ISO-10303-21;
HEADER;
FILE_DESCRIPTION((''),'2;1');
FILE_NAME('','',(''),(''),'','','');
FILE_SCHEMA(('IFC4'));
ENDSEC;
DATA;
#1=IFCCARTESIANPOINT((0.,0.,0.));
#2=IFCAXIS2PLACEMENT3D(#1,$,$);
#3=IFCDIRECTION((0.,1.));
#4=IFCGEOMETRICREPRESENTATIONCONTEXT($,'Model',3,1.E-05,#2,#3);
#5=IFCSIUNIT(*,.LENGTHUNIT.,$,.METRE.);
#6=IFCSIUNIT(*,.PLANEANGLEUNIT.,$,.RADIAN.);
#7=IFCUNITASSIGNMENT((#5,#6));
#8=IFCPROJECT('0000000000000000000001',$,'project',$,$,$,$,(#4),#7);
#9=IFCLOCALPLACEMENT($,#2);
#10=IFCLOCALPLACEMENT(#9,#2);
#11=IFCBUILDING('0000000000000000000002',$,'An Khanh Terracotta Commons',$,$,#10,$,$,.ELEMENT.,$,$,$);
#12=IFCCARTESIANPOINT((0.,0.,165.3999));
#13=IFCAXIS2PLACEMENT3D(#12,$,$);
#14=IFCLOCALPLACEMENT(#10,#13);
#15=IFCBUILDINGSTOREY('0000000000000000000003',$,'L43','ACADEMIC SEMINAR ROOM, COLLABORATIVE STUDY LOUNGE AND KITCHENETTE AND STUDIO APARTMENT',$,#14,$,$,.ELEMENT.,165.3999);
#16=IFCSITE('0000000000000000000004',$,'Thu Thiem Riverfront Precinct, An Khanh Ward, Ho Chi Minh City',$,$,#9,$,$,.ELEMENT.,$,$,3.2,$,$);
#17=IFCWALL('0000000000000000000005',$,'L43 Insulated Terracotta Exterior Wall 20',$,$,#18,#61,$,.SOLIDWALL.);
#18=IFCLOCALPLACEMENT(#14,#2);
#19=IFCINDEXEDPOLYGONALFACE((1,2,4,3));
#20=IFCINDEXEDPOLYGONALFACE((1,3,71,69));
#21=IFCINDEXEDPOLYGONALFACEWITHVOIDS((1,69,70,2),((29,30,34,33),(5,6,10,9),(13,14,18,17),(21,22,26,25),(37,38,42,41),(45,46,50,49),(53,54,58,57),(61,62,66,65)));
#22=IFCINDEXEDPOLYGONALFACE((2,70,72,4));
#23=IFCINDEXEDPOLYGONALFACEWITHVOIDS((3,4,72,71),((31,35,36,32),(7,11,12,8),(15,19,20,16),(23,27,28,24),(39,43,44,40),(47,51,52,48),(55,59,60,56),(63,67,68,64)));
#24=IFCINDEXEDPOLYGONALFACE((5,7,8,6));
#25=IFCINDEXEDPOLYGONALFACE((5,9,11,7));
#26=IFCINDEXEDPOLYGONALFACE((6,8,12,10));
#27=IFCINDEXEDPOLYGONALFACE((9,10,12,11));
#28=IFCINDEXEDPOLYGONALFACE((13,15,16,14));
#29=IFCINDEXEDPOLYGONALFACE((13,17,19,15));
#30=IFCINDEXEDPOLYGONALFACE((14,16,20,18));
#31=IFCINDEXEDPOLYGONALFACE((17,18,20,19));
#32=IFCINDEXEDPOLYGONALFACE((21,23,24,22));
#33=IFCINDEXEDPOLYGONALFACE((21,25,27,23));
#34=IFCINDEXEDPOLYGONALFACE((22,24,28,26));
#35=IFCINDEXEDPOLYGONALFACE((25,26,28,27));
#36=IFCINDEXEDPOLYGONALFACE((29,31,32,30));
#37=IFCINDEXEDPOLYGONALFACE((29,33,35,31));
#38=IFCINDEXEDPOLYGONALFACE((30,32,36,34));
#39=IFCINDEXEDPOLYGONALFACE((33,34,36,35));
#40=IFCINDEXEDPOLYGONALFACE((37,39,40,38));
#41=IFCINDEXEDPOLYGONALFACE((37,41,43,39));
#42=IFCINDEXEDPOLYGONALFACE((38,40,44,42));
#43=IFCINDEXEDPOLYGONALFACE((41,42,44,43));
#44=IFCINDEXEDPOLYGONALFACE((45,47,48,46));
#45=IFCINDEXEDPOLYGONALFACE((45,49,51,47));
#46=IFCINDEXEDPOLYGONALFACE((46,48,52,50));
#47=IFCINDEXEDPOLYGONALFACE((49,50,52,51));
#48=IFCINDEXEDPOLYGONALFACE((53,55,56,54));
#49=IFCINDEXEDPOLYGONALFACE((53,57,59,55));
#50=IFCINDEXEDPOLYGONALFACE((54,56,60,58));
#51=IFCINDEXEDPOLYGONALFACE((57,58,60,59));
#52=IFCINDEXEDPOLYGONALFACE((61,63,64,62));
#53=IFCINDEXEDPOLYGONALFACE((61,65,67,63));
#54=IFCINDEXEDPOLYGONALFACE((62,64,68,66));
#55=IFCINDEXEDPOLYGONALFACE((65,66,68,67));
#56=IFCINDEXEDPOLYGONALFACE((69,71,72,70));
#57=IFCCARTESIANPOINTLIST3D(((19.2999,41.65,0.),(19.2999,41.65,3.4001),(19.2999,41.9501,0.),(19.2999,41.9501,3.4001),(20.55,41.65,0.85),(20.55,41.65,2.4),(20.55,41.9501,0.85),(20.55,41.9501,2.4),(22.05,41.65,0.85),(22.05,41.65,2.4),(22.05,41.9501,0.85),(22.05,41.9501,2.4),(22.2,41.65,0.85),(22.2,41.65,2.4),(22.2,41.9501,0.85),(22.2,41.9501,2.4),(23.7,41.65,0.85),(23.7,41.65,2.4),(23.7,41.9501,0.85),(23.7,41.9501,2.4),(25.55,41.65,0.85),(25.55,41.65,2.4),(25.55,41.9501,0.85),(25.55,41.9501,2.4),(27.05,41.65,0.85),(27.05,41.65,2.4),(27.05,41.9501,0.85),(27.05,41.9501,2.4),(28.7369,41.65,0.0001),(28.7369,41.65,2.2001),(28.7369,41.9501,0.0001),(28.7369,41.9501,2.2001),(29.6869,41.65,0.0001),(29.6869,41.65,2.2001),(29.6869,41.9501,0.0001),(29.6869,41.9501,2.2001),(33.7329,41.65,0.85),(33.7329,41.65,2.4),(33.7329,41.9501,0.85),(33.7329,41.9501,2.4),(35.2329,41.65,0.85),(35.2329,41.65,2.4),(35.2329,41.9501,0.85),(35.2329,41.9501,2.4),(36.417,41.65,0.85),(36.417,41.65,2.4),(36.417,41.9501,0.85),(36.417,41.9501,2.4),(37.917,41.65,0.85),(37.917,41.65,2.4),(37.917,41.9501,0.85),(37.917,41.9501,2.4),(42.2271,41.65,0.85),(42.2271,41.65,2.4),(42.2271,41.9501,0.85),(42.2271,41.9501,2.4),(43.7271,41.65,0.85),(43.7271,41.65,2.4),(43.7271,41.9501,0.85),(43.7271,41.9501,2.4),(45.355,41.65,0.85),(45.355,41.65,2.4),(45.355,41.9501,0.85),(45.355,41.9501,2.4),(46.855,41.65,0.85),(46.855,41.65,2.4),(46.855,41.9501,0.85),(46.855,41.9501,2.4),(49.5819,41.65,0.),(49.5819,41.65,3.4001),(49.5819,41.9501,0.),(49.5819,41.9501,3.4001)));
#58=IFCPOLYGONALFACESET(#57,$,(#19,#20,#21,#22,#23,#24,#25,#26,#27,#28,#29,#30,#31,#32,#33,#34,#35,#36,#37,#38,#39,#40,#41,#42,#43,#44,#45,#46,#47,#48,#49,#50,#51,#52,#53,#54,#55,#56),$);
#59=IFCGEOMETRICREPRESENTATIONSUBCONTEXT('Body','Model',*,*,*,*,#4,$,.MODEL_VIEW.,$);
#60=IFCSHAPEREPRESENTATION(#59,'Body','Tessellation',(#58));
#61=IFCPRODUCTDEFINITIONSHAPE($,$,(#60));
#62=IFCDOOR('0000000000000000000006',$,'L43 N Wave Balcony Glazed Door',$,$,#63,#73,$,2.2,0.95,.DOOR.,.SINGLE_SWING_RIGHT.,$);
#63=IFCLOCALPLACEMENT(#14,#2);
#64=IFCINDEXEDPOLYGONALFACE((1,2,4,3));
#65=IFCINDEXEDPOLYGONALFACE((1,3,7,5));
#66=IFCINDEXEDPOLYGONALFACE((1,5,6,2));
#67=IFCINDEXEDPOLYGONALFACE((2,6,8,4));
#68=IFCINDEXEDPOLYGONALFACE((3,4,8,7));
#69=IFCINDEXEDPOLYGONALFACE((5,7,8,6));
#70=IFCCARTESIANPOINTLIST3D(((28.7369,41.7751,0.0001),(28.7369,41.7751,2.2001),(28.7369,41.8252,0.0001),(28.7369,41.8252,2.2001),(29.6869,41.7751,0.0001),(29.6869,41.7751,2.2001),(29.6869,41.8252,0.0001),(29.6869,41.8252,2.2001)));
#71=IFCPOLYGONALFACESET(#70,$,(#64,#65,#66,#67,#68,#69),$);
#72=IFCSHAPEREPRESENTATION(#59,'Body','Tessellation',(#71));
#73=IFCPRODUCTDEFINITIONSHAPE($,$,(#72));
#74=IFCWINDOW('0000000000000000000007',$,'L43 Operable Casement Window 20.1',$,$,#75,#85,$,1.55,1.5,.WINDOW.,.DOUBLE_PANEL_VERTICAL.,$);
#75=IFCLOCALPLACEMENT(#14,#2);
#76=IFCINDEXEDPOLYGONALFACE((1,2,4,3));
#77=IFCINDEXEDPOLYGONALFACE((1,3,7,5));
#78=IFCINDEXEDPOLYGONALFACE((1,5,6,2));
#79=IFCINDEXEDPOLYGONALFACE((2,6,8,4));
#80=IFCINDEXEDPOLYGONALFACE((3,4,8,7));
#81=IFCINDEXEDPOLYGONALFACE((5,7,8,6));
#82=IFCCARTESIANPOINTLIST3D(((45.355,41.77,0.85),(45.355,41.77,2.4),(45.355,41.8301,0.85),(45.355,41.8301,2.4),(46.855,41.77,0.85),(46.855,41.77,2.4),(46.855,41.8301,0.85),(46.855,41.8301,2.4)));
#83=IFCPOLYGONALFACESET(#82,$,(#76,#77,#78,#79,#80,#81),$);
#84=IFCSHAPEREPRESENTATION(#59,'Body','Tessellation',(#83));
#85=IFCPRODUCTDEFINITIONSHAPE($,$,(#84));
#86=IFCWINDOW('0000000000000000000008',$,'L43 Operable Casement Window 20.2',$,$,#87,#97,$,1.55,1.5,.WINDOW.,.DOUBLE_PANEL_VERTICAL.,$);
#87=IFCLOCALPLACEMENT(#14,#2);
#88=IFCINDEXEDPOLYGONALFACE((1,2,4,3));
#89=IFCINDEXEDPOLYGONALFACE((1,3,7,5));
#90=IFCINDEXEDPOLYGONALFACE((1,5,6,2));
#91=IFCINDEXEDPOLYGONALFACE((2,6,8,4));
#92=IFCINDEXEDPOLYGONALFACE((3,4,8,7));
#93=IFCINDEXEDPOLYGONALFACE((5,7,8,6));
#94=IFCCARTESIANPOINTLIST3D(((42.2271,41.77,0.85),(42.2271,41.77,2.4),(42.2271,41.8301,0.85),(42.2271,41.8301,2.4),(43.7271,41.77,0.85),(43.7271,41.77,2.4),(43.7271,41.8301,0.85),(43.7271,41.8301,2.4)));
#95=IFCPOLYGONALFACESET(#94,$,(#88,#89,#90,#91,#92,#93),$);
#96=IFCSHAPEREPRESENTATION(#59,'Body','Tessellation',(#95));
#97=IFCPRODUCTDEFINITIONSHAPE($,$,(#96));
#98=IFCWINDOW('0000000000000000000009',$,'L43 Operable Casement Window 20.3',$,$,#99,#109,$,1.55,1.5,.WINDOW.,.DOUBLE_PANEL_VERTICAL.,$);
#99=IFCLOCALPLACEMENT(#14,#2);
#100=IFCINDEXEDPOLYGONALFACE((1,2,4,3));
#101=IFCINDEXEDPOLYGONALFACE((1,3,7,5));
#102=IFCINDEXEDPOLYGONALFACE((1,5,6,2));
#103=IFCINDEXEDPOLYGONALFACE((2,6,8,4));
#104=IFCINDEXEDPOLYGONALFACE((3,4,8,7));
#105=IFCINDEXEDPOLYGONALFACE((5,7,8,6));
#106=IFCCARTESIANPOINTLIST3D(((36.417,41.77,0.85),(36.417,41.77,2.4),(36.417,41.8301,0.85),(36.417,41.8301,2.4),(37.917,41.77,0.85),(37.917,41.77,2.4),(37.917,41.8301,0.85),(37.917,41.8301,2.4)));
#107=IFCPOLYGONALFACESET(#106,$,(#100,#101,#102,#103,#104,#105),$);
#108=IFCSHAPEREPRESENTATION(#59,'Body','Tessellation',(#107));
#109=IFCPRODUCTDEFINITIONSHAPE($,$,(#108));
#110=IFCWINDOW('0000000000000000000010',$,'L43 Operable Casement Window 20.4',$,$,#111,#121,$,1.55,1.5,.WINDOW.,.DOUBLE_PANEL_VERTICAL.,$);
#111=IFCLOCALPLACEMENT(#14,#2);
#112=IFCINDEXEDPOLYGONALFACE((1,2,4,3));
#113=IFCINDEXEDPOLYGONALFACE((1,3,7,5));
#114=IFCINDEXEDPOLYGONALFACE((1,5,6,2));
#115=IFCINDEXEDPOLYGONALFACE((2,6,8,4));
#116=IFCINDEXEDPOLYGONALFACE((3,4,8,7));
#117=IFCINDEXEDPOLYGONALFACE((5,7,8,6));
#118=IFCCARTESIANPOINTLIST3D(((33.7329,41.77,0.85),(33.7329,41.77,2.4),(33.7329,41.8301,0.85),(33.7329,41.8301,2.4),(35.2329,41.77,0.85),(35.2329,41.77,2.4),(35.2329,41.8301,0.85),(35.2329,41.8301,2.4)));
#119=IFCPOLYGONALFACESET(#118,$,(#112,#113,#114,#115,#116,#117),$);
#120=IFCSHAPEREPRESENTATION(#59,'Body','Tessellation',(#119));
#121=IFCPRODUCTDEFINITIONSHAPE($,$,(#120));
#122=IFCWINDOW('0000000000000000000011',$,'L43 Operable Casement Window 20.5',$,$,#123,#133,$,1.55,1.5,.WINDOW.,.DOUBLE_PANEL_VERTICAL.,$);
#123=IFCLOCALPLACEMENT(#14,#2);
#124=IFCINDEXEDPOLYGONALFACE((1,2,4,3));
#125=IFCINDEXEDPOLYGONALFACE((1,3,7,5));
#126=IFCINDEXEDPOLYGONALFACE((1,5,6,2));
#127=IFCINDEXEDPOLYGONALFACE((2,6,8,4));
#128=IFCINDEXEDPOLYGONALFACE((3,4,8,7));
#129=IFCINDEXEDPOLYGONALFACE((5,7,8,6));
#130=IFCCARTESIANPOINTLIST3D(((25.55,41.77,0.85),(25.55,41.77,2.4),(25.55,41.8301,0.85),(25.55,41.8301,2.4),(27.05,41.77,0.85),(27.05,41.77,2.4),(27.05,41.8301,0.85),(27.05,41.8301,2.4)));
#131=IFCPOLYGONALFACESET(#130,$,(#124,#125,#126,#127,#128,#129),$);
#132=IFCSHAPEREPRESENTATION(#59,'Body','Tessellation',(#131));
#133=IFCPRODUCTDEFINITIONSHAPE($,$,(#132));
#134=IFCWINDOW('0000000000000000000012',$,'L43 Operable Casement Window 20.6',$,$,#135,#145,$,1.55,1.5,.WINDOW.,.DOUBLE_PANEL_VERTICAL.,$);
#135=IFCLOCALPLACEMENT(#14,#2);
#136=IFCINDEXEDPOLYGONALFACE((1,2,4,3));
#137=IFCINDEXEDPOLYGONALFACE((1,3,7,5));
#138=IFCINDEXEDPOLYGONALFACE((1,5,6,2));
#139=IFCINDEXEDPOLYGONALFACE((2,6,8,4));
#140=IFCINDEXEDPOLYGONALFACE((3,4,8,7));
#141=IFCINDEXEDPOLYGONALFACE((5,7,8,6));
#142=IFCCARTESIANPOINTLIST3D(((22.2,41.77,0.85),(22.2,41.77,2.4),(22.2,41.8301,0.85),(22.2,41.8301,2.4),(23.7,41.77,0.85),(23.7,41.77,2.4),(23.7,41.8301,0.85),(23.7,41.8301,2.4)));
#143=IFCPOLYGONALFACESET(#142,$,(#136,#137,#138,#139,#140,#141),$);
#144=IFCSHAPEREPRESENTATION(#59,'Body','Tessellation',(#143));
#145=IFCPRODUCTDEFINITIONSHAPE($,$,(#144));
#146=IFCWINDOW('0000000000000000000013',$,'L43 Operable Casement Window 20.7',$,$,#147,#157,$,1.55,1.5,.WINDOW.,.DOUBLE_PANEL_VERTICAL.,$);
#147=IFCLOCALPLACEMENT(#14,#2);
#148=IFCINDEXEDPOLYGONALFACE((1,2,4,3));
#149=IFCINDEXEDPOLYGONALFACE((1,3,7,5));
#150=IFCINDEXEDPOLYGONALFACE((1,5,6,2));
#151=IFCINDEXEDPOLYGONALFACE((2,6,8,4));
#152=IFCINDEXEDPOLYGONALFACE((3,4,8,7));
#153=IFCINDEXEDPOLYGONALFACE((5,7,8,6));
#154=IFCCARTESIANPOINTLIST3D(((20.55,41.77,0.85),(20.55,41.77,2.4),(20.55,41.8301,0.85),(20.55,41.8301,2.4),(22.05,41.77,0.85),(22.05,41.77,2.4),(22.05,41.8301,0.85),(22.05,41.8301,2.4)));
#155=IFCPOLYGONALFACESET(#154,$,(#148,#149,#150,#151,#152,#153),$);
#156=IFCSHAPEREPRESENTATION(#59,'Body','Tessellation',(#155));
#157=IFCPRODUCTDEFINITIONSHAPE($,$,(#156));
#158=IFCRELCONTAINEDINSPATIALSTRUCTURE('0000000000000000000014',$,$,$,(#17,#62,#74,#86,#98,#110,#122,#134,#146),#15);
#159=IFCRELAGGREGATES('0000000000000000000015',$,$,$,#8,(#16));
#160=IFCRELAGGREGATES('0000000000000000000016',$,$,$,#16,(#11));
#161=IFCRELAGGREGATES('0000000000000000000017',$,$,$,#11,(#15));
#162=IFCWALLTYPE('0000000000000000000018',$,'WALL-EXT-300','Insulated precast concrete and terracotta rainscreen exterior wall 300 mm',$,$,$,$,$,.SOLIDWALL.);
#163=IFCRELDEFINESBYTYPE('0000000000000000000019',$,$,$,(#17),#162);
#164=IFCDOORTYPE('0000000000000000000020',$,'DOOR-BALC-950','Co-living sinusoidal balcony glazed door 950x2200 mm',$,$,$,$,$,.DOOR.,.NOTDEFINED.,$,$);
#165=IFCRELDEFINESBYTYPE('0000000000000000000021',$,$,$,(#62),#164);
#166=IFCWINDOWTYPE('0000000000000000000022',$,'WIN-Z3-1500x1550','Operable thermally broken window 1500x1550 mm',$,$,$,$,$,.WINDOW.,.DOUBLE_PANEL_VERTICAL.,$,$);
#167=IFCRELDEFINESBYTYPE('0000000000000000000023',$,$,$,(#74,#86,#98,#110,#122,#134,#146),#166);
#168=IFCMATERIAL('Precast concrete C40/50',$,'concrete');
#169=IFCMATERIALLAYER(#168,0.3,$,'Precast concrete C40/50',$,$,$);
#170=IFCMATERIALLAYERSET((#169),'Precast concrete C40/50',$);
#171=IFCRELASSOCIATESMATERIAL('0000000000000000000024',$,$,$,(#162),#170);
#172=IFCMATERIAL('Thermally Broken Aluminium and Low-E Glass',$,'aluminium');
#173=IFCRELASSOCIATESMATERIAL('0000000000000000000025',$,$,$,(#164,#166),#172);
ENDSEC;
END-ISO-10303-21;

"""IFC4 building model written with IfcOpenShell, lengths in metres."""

from ifc_helpers import new_model, si_unit, direction, frame, frame_2d, origin, place, context, subcontext, project, spatial, rectangle, extrude, material, layer, layer_set, type_object, element, fill, save


model = new_model("IFC4")

# Units and contexts
model_context = context("Model", 3, precision=1e-05, world=origin(), true_north=direction((0.0, 1.0)))
body_context = subcontext(model_context, "Body", "Model", "MODEL_VIEW")
ifc_project = project(units=[si_unit("LENGTHUNIT", "METRE"), si_unit("PLANEANGLEUNIT", "RADIAN")], contexts=[model_context])

# Site, building, storey
site_placement = place(None, origin())
site = spatial("IfcSite", under=ifc_project, at=site_placement, Name="Thu Thiem Riverfront Precinct, An Khanh Ward, Ho Chi Minh City", CompositionType="ELEMENT", RefElevation=3.2)
building_placement = place(site_placement, origin())
building = spatial("IfcBuilding", under=site, at=building_placement, Name="An Khanh Terracotta Commons", CompositionType="ELEMENT")
storey_placement = place(building_placement, frame((0.0, 0.0, 165.3999)))
storey = spatial("IfcBuildingStorey", under=building, at=storey_placement, Name="L43", Description="ACADEMIC SEMINAR ROOM, COLLABORATIVE STUDY LOUNGE AND KITCHENETTE AND STUDIO APARTMENT", CompositionType="ELEMENT", Elevation=165.3999)

# Shared definitions
ifc_material_1 = material(Name="Precast concrete C40/50", Category="concrete")
ifc_layer_1 = layer(ifc_material_1, 0.3, Name="Precast concrete C40/50")
ifc_layer_set_1 = layer_set([ifc_layer_1], Name="Precast concrete C40/50")
wall_type_1 = type_object("IfcWallType", Name="WALL-EXT-300", Description="Insulated precast concrete and terracotta rainscreen exterior wall 300 mm", PredefinedType="SOLIDWALL", material=ifc_layer_set_1)

# Wall, openings, door, windows
wall_1_placement = place(storey_placement, frame((49.582, 41.8, 0.0), z_axis=(0.0, 0.0, 1.0), x_axis=(-1.0, 0.0, 0.0)))
wall_1 = element("IfcWall", 1, at=wall_1_placement, inside=storey, type_object=wall_type_1, Name="L43 Insulated Terracotta Exterior Wall 20", PredefinedType="SOLIDWALL", context=body_context, shape_type="SweptSolid", body=[
    extrude(rectangle(XDim=30.282, YDim=0.3, at=frame_2d((15.1411, 0.0))), origin(), (0.0, 0.0, 1.0), 3.4001),
])
opening_1_placement = place(wall_1_placement, frame((19.895, 0.0, 0.0)))
opening_1 = element("IfcOpeningElement", 2, at=opening_1_placement, cuts=wall_1, PredefinedType="OPENING", context=body_context, shape_type="SweptSolid", body=[
    extrude(rectangle(XDim=0.95, YDim=2.2, at=frame_2d((0.4751, 1.1001))), frame((0.0, 0.1599, 0.0), z_axis=(0.0, -1.0, 0.0), x_axis=(1.0, 0.0, 0.0)), (0.0, 0.0, 1.0), 0.3201),
])
opening_2_placement = place(wall_1_placement, frame((2.7271, 0.0, 0.8501)))
opening_2 = element("IfcOpeningElement", 3, at=opening_2_placement, cuts=wall_1, PredefinedType="OPENING", context=body_context, shape_type="SweptSolid", body=[
    extrude(rectangle(XDim=1.5, YDim=1.55, at=frame_2d((0.75, 0.7749))), frame((0.0, 0.1599, 0.0), z_axis=(0.0, -1.0, 0.0), x_axis=(1.0, 0.0, 0.0)), (0.0, 0.0, 1.0), 0.3201),
])
opening_3_placement = place(wall_1_placement, frame((5.855, 0.0, 0.8501)))
opening_3 = element("IfcOpeningElement", 4, at=opening_3_placement, cuts=wall_1, PredefinedType="OPENING", context=body_context, shape_type="SweptSolid", body=[
    extrude(rectangle(XDim=1.5, YDim=1.55, at=frame_2d((0.75, 0.7749))), frame((0.0, 0.1599, 0.0), z_axis=(0.0, -1.0, 0.0), x_axis=(1.0, 0.0, 0.0)), (0.0, 0.0, 1.0), 0.3201),
])
opening_4_placement = place(wall_1_placement, frame((11.665, 0.0, 0.8501)))
opening_4 = element("IfcOpeningElement", 5, at=opening_4_placement, cuts=wall_1, PredefinedType="OPENING", context=body_context, shape_type="SweptSolid", body=[
    extrude(rectangle(XDim=1.5, YDim=1.55, at=frame_2d((0.75, 0.7749))), frame((0.0, 0.1599, 0.0), z_axis=(0.0, -1.0, 0.0), x_axis=(1.0, 0.0, 0.0)), (0.0, 0.0, 1.0), 0.3201),
])
opening_5_placement = place(wall_1_placement, frame((14.3491, 0.0, 0.8501)))
opening_5 = element("IfcOpeningElement", 6, at=opening_5_placement, cuts=wall_1, PredefinedType="OPENING", context=body_context, shape_type="SweptSolid", body=[
    extrude(rectangle(XDim=1.5, YDim=1.55, at=frame_2d((0.75, 0.7749))), frame((0.0, 0.1599, 0.0), z_axis=(0.0, -1.0, 0.0), x_axis=(1.0, 0.0, 0.0)), (0.0, 0.0, 1.0), 0.3201),
])
opening_6_placement = place(wall_1_placement, frame((22.532, 0.0, 0.8501)))
opening_6 = element("IfcOpeningElement", 7, at=opening_6_placement, cuts=wall_1, PredefinedType="OPENING", context=body_context, shape_type="SweptSolid", body=[
    extrude(rectangle(XDim=1.5, YDim=1.55, at=frame_2d((0.75, 0.7749))), frame((0.0, 0.1599, 0.0), z_axis=(0.0, -1.0, 0.0), x_axis=(1.0, 0.0, 0.0)), (0.0, 0.0, 1.0), 0.3201),
])
opening_7_placement = place(wall_1_placement, frame((25.8821, 0.0, 0.8501)))
opening_7 = element("IfcOpeningElement", 8, at=opening_7_placement, cuts=wall_1, PredefinedType="OPENING", context=body_context, shape_type="SweptSolid", body=[
    extrude(rectangle(XDim=1.5, YDim=1.55, at=frame_2d((0.75, 0.7749))), frame((0.0, 0.1599, 0.0), z_axis=(0.0, -1.0, 0.0), x_axis=(1.0, 0.0, 0.0)), (0.0, 0.0, 1.0), 0.3201),
])
opening_8_placement = place(wall_1_placement, frame((27.532, 0.0, 0.8501)))
opening_8 = element("IfcOpeningElement", 9, at=opening_8_placement, cuts=wall_1, PredefinedType="OPENING", context=body_context, shape_type="SweptSolid", body=[
    extrude(rectangle(XDim=1.5, YDim=1.55, at=frame_2d((0.75, 0.7749))), frame((0.0, 0.1599, 0.0), z_axis=(0.0, -1.0, 0.0), x_axis=(1.0, 0.0, 0.0)), (0.0, 0.0, 1.0), 0.3201),
])
ifc_material_2 = material(Name="Thermally Broken Aluminium and Low-E Glass", Category="aluminium")
door_type = type_object("IfcDoorType", Name="DOOR-BALC-950", Description="Co-living sinusoidal balcony glazed door 950x2200 mm", OperationType="NOTDEFINED", PredefinedType="DOOR", material=ifc_material_2)
door_placement = place(opening_1_placement, origin())
door = element("IfcDoor", 10, at=door_placement, inside=storey, type_object=door_type, Name="L43 N Wave Balcony Glazed Door", OperationType="SINGLE_SWING_RIGHT", OverallHeight=2.2, OverallWidth=0.95, PredefinedType="DOOR", context=body_context, shape_type="SweptSolid", body=[
    extrude(rectangle(XDim=0.95, YDim=2.2, at=frame_2d((0.4751, 1.1001))), frame((0.0, 0.0249, 0.0), z_axis=(0.0, -1.0, 0.0), x_axis=(1.0, 0.0, 0.0)), (0.0, 0.0, 1.0), 0.05),
])
fill(opening_1, door)
window_type = type_object("IfcWindowType", Name="WIN-Z3-1500x1550", Description="Operable thermally broken window 1500x1550 mm", PartitioningType="DOUBLE_PANEL_VERTICAL", PredefinedType="WINDOW", material=ifc_material_2)
window_1_placement = place(opening_2_placement, origin())
window_1 = element("IfcWindow", 11, at=window_1_placement, inside=storey, type_object=window_type, Name="L43 Operable Casement Window 20.1", OverallHeight=1.55, OverallWidth=1.5, PartitioningType="DOUBLE_PANEL_VERTICAL", PredefinedType="WINDOW", context=body_context, shape_type="SweptSolid", body=[
    extrude(rectangle(XDim=1.5, YDim=1.55, at=frame_2d((0.75, 0.7749))), frame((0.0, 0.03, 0.0), z_axis=(0.0, -1.0, 0.0), x_axis=(1.0, 0.0, 0.0)), (0.0, 0.0, 1.0), 0.0601),
])
fill(opening_2, window_1)
window_2_placement = place(opening_3_placement, origin())
window_2 = element("IfcWindow", 12, at=window_2_placement, inside=storey, type_object=window_type, Name="L43 Operable Casement Window 20.2", OverallHeight=1.55, OverallWidth=1.5, PartitioningType="DOUBLE_PANEL_VERTICAL", PredefinedType="WINDOW", context=body_context, shape_type="SweptSolid", body=[
    extrude(rectangle(XDim=1.5, YDim=1.55, at=frame_2d((0.75, 0.7749))), frame((0.0, 0.03, 0.0), z_axis=(0.0, -1.0, 0.0), x_axis=(1.0, 0.0, 0.0)), (0.0, 0.0, 1.0), 0.0601),
])
fill(opening_3, window_2)
window_3_placement = place(opening_4_placement, origin())
window_3 = element("IfcWindow", 13, at=window_3_placement, inside=storey, type_object=window_type, Name="L43 Operable Casement Window 20.3", OverallHeight=1.55, OverallWidth=1.5, PartitioningType="DOUBLE_PANEL_VERTICAL", PredefinedType="WINDOW", context=body_context, shape_type="SweptSolid", body=[
    extrude(rectangle(XDim=1.5, YDim=1.55, at=frame_2d((0.75, 0.7749))), frame((0.0, 0.03, 0.0), z_axis=(0.0, -1.0, 0.0), x_axis=(1.0, 0.0, 0.0)), (0.0, 0.0, 1.0), 0.0601),
])
fill(opening_4, window_3)
window_4_placement = place(opening_5_placement, origin())
window_4 = element("IfcWindow", 14, at=window_4_placement, inside=storey, type_object=window_type, Name="L43 Operable Casement Window 20.4", OverallHeight=1.55, OverallWidth=1.5, PartitioningType="DOUBLE_PANEL_VERTICAL", PredefinedType="WINDOW", context=body_context, shape_type="SweptSolid", body=[
    extrude(rectangle(XDim=1.5, YDim=1.55, at=frame_2d((0.75, 0.7749))), frame((0.0, 0.03, 0.0), z_axis=(0.0, -1.0, 0.0), x_axis=(1.0, 0.0, 0.0)), (0.0, 0.0, 1.0), 0.0601),
])
fill(opening_5, window_4)
window_5_placement = place(opening_6_placement, origin())
window_5 = element("IfcWindow", 15, at=window_5_placement, inside=storey, type_object=window_type, Name="L43 Operable Casement Window 20.5", OverallHeight=1.55, OverallWidth=1.5, PartitioningType="DOUBLE_PANEL_VERTICAL", PredefinedType="WINDOW", context=body_context, shape_type="SweptSolid", body=[
    extrude(rectangle(XDim=1.5, YDim=1.55, at=frame_2d((0.75, 0.7749))), frame((0.0, 0.03, 0.0), z_axis=(0.0, -1.0, 0.0), x_axis=(1.0, 0.0, 0.0)), (0.0, 0.0, 1.0), 0.0601),
])
fill(opening_6, window_5)
window_6_placement = place(opening_7_placement, origin())
window_6 = element("IfcWindow", 16, at=window_6_placement, inside=storey, type_object=window_type, Name="L43 Operable Casement Window 20.6", OverallHeight=1.55, OverallWidth=1.5, PartitioningType="DOUBLE_PANEL_VERTICAL", PredefinedType="WINDOW", context=body_context, shape_type="SweptSolid", body=[
    extrude(rectangle(XDim=1.5, YDim=1.55, at=frame_2d((0.75, 0.7749))), frame((0.0, 0.03, 0.0), z_axis=(0.0, -1.0, 0.0), x_axis=(1.0, 0.0, 0.0)), (0.0, 0.0, 1.0), 0.0601),
])
fill(opening_7, window_6)
window_7_placement = place(opening_8_placement, origin())
window_7 = element("IfcWindow", 17, at=window_7_placement, inside=storey, type_object=window_type, Name="L43 Operable Casement Window 20.7", OverallHeight=1.55, OverallWidth=1.5, PartitioningType="DOUBLE_PANEL_VERTICAL", PredefinedType="WINDOW", context=body_context, shape_type="SweptSolid", body=[
    extrude(rectangle(XDim=1.5, YDim=1.55, at=frame_2d((0.75, 0.7749))), frame((0.0, 0.03, 0.0), z_axis=(0.0, -1.0, 0.0), x_axis=(1.0, 0.0, 0.0)), (0.0, 0.0, 1.0), 0.0601),
])
fill(opening_8, window_7)

save(model, "model.ifc")
